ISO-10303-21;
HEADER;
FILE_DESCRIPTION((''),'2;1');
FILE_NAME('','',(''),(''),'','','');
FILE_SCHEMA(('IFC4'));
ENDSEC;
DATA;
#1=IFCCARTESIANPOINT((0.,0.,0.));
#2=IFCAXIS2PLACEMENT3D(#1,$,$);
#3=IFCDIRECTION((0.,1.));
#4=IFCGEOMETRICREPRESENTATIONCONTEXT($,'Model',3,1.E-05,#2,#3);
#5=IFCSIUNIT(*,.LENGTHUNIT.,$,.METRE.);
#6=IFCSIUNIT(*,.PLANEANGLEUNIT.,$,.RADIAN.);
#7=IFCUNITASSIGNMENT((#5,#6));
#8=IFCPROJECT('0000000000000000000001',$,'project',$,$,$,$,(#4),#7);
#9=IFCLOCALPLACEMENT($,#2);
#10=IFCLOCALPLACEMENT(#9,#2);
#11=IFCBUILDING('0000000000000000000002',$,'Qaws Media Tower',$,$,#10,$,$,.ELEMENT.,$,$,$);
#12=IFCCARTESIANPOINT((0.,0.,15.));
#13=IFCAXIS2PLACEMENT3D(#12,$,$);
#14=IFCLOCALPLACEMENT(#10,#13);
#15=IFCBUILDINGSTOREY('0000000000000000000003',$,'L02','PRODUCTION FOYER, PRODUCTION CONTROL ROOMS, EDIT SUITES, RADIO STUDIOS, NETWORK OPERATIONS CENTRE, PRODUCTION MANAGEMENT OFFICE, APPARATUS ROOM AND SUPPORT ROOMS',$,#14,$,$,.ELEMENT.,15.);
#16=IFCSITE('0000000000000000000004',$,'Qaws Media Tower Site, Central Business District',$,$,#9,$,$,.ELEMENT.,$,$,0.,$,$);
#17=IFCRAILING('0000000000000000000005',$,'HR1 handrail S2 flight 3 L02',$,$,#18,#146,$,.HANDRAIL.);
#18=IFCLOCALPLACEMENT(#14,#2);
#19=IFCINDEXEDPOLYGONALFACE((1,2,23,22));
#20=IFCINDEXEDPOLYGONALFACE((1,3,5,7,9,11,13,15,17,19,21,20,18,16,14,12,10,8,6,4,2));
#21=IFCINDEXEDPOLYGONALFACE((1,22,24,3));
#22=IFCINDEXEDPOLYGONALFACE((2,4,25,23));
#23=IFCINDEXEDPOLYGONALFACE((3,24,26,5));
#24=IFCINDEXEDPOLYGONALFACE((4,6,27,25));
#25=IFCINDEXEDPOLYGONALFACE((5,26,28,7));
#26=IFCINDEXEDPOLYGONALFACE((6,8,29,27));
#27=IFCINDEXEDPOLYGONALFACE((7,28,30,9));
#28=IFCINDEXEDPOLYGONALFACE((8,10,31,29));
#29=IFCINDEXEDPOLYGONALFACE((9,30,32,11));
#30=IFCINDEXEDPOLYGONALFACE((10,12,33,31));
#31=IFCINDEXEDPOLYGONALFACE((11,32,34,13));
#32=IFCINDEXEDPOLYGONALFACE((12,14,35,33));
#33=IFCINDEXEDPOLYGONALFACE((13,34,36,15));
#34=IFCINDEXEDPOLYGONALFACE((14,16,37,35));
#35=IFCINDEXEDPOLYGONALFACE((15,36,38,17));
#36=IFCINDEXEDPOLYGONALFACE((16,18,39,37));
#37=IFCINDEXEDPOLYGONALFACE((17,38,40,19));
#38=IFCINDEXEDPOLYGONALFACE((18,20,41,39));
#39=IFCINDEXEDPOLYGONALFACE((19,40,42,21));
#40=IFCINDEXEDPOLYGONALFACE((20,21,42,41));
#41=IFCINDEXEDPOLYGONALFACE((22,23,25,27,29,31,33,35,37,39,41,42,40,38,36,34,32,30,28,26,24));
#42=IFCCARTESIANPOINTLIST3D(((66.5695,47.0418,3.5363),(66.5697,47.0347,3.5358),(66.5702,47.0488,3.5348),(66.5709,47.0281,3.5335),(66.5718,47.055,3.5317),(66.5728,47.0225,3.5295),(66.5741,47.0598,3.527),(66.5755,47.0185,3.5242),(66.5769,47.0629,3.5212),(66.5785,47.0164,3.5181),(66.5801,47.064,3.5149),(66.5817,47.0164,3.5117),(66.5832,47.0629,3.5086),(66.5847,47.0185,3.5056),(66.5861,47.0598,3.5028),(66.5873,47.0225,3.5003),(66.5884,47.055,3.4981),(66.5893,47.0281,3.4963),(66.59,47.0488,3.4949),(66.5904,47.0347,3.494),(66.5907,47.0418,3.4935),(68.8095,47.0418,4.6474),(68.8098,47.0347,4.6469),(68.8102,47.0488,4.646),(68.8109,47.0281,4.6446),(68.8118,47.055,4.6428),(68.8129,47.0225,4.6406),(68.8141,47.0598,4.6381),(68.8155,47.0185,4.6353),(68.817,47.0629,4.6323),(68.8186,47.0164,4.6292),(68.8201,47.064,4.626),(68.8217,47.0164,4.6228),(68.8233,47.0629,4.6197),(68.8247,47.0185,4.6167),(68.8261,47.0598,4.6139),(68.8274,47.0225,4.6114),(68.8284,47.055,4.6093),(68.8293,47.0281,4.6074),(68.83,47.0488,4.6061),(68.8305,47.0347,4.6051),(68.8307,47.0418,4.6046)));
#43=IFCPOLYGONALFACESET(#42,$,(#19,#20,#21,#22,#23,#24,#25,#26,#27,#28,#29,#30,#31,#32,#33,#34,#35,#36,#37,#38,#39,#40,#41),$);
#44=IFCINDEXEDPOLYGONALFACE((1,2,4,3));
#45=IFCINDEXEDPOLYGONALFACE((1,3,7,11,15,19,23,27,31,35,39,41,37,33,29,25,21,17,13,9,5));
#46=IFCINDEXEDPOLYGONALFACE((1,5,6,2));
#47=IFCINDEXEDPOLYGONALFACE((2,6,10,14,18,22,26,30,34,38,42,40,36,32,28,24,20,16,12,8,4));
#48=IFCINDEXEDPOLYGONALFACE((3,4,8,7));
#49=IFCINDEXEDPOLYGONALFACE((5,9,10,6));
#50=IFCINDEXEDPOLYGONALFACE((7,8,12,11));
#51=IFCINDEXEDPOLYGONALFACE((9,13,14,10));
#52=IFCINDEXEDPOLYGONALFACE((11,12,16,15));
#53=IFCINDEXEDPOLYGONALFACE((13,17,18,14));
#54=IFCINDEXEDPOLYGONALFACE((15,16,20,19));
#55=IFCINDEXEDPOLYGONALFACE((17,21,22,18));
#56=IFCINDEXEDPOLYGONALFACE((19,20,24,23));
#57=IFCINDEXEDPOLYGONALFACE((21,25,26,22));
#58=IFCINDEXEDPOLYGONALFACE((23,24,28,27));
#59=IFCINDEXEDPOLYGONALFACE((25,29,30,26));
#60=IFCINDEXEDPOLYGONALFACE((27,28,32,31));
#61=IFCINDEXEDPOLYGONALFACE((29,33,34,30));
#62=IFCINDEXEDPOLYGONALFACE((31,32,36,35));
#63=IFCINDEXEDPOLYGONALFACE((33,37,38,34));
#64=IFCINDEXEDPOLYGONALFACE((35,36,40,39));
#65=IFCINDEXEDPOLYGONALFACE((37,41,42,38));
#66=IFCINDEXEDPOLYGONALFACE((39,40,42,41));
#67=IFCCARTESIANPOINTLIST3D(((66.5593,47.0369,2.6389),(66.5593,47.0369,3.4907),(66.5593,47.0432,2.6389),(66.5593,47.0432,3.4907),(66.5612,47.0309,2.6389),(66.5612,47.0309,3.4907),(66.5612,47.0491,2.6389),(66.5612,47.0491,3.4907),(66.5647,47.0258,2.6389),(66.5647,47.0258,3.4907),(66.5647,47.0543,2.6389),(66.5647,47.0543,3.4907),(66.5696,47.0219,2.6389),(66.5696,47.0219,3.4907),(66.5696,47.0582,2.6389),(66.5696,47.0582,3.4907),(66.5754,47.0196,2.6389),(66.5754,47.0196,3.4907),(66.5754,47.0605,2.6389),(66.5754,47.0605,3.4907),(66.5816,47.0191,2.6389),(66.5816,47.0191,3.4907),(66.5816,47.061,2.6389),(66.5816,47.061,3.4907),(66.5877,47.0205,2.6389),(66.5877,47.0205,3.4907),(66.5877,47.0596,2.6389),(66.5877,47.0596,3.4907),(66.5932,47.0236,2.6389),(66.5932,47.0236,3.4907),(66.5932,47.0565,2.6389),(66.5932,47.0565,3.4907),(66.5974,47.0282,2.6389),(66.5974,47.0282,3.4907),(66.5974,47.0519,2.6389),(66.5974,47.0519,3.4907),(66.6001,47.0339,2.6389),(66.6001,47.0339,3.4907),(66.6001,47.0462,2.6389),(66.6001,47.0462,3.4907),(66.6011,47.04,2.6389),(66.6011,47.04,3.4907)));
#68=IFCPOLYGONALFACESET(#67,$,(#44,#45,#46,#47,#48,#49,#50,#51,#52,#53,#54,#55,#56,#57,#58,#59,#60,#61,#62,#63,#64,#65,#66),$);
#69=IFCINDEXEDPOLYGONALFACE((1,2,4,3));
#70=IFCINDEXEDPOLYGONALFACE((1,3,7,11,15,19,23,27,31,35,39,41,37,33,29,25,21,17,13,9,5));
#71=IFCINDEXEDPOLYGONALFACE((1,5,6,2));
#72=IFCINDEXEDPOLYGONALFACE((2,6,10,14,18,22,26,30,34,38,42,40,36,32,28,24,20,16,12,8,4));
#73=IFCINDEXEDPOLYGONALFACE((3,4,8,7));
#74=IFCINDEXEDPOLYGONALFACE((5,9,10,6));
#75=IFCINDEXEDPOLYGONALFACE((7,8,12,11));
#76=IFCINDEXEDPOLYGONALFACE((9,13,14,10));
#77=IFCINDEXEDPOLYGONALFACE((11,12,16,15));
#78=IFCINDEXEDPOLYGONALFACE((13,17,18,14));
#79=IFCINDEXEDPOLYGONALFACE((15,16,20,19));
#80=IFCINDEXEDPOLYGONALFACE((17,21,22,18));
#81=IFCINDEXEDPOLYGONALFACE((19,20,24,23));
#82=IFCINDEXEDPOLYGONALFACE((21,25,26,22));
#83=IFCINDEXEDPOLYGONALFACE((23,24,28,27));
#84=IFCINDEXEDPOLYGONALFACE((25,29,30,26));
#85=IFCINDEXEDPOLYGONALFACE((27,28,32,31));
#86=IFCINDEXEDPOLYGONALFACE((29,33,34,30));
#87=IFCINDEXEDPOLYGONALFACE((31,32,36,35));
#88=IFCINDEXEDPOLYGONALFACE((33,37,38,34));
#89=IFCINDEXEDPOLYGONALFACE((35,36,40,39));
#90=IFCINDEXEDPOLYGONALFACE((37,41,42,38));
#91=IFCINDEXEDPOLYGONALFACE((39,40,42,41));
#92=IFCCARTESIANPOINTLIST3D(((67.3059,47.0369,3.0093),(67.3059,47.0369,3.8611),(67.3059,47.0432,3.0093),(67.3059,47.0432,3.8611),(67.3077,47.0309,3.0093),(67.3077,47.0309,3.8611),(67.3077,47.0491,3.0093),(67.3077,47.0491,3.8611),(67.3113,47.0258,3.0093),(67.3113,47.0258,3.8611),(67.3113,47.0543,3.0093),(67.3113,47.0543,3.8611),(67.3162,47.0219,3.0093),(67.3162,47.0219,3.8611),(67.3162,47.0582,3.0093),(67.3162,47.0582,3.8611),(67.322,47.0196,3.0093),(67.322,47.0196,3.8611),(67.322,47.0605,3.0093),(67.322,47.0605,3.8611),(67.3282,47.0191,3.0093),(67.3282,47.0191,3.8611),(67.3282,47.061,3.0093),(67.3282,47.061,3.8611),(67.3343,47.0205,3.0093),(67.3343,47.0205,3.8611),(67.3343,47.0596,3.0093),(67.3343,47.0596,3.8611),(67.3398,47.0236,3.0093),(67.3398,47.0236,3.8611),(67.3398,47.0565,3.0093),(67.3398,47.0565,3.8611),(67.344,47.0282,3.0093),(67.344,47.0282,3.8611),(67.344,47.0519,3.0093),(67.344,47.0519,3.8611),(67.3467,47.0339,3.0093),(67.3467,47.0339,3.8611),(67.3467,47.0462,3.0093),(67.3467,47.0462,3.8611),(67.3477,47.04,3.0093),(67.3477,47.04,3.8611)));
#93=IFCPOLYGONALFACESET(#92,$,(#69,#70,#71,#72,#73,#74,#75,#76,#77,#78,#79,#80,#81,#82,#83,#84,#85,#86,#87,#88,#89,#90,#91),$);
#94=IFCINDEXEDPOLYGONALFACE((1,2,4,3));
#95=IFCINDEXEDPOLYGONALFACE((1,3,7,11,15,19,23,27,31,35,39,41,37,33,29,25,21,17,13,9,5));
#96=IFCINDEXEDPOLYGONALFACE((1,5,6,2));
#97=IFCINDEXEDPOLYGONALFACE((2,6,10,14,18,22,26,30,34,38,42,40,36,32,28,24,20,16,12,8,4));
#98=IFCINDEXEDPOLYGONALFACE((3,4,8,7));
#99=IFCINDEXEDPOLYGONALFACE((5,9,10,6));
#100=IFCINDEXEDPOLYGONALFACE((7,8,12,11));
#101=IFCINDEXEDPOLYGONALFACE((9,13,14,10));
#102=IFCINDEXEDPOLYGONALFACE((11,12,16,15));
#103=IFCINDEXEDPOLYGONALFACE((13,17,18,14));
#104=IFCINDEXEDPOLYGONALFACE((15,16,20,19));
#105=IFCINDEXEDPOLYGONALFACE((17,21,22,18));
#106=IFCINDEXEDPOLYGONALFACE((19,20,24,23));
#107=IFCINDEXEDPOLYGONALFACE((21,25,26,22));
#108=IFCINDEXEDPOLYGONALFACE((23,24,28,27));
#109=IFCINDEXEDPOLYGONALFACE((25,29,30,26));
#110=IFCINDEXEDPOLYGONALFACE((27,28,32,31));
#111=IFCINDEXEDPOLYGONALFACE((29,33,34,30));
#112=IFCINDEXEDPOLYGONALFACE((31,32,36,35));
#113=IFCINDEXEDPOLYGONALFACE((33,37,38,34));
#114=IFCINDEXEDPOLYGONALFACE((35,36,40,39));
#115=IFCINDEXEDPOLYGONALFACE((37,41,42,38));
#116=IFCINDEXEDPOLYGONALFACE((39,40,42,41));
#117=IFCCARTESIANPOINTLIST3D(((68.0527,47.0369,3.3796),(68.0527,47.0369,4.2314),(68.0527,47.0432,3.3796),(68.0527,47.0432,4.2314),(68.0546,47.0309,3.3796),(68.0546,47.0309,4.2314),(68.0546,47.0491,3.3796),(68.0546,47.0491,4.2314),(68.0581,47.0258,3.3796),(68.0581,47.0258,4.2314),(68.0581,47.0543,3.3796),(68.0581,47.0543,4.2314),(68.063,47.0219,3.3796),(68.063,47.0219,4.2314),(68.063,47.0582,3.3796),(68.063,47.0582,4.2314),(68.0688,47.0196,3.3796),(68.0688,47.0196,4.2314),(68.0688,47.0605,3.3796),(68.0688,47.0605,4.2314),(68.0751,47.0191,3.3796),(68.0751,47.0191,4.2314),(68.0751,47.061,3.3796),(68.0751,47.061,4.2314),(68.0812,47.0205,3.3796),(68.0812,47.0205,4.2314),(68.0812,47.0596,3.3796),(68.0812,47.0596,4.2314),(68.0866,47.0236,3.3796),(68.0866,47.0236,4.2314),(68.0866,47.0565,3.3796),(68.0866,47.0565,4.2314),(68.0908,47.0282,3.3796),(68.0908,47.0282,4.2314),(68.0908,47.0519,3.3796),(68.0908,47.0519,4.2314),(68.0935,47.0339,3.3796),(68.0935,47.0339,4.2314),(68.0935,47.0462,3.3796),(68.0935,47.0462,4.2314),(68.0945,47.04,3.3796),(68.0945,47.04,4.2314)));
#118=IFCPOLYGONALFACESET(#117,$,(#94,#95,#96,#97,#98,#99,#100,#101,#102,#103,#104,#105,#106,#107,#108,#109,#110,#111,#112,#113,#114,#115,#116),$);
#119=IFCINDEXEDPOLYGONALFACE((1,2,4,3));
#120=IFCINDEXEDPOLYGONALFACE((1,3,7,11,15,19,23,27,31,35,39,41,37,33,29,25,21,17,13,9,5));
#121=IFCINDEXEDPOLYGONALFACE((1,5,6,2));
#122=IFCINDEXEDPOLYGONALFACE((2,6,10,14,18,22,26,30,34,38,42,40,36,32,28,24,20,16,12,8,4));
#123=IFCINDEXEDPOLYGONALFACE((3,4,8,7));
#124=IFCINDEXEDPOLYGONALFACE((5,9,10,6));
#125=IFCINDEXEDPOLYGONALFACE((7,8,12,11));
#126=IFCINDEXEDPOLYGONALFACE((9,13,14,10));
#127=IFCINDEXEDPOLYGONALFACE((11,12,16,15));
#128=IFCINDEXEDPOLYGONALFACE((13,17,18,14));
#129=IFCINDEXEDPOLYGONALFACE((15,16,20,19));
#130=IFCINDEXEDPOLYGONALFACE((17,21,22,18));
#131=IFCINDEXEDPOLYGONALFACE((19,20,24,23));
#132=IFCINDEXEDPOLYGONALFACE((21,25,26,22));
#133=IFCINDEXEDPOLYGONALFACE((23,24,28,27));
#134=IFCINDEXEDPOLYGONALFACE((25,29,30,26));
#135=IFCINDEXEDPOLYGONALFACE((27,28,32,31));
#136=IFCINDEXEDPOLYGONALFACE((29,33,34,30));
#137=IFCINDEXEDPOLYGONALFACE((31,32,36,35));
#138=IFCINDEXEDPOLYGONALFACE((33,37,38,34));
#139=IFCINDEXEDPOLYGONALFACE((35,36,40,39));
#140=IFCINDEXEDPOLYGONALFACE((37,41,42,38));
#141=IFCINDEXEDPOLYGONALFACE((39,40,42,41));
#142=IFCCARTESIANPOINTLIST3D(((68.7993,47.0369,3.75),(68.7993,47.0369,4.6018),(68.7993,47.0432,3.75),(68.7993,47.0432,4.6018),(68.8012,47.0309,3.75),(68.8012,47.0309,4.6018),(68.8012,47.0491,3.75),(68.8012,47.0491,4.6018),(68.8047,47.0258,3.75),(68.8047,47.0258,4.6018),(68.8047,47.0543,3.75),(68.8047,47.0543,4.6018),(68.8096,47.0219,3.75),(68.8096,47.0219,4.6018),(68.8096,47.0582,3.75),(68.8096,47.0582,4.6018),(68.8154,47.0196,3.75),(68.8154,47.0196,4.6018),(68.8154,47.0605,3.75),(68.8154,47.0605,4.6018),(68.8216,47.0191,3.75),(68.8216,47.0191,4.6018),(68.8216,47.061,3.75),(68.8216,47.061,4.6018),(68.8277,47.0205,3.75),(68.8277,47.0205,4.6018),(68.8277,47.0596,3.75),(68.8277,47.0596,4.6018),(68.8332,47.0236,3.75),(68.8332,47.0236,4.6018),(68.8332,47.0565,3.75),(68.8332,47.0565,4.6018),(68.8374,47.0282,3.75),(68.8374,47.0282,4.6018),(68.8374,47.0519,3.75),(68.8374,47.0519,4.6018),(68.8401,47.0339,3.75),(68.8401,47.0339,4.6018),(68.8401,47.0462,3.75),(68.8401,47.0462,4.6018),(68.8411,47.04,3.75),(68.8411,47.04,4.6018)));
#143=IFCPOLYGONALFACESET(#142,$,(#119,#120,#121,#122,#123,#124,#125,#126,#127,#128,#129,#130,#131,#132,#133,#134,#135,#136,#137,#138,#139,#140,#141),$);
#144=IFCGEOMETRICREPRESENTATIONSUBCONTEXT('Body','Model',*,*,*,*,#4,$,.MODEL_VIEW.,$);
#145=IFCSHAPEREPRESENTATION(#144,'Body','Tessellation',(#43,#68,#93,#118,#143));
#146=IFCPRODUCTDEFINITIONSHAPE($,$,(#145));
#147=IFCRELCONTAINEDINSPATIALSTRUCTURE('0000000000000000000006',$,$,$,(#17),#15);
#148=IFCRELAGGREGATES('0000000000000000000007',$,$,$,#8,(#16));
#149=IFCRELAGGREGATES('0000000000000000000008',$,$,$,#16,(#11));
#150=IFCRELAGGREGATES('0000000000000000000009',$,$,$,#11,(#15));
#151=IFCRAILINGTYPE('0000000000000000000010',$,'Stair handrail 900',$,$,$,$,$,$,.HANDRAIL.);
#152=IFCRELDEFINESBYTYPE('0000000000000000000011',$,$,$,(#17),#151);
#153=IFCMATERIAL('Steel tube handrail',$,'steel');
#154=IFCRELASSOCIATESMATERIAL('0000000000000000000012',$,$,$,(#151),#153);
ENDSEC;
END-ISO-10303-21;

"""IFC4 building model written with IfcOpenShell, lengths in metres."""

from ifc_helpers import new_model, si_unit, direction, frame, origin, origin_2d, place, context, subcontext, project, spatial, circle, extrude, material, type_object, element, save


model = new_model("IFC4")

# Units and contexts
model_context = context("Model", 3, precision=1e-05, world=origin(), true_north=direction((0.0, 1.0)))
body_context = subcontext(model_context, "Body", "Model", "MODEL_VIEW")
ifc_project = project(units=[si_unit("LENGTHUNIT", "METRE"), si_unit("PLANEANGLEUNIT", "RADIAN")], contexts=[model_context])

# Site, building, storey
site_placement = place(None, origin())
site = spatial("IfcSite", under=ifc_project, at=site_placement, Name="Qaws Media Tower Site, Central Business District", CompositionType="ELEMENT", RefElevation=0.0)
building_placement = place(site_placement, origin())
building = spatial("IfcBuilding", under=site, at=building_placement, Name="Qaws Media Tower", CompositionType="ELEMENT")
storey_placement = place(building_placement, frame((0.0, 0.0, 15.0)))
storey = spatial("IfcBuildingStorey", under=building, at=storey_placement, Name="L02", Description="PRODUCTION FOYER, PRODUCTION CONTROL ROOMS, EDIT SUITES, RADIO STUDIOS, NETWORK OPERATIONS CENTRE, PRODUCTION MANAGEMENT OFFICE, APPARATUS ROOM AND SUPPORT ROOMS", CompositionType="ELEMENT", Elevation=15.0)

# Railing
ifc_material_1 = material(Name="Steel tube handrail", Category="steel")
railing_type = type_object("IfcRailingType", Name="Stair handrail 900", PredefinedType="HANDRAIL", material=ifc_material_1)
for number, where, name in (
    (1, (66.5801, 47.04, 2.6389), "HR1 handrail S2 flight 3 L02"),
):
    element("IfcRailing", number, at=place(storey_placement, frame(where)), inside=storey, type_object=railing_type, Name=name, PredefinedType="HANDRAIL", context=body_context, shape_type="SweptSolid", body=[
        extrude(circle(Radius=0.0239, at=origin_2d()), frame((0.0, 0.0, 0.876), z_axis=(0.895848, 0.0, 0.44436), x_axis=(0.0, 1.0, 0.0)), (0.0, 0.0, 1.0), 2.5005),
        extrude(circle(Radius=0.021, at=origin_2d()), origin(), (0.0, 0.0, 1.0), 0.8518),
        extrude(circle(Radius=0.021, at=origin_2d()), frame((0.7466, 0.0, 0.3704)), (0.0, 0.0, 1.0), 0.8518),
        extrude(circle(Radius=0.021, at=origin_2d()), frame((1.4934, 0.0, 0.7407)), (0.0, 0.0, 1.0), 0.8518),
        extrude(circle(Radius=0.021, at=origin_2d()), frame((2.24, 0.0, 1.1111)), (0.0, 0.0, 1.0), 0.8518),
    ])

save(model, "model.ifc")
